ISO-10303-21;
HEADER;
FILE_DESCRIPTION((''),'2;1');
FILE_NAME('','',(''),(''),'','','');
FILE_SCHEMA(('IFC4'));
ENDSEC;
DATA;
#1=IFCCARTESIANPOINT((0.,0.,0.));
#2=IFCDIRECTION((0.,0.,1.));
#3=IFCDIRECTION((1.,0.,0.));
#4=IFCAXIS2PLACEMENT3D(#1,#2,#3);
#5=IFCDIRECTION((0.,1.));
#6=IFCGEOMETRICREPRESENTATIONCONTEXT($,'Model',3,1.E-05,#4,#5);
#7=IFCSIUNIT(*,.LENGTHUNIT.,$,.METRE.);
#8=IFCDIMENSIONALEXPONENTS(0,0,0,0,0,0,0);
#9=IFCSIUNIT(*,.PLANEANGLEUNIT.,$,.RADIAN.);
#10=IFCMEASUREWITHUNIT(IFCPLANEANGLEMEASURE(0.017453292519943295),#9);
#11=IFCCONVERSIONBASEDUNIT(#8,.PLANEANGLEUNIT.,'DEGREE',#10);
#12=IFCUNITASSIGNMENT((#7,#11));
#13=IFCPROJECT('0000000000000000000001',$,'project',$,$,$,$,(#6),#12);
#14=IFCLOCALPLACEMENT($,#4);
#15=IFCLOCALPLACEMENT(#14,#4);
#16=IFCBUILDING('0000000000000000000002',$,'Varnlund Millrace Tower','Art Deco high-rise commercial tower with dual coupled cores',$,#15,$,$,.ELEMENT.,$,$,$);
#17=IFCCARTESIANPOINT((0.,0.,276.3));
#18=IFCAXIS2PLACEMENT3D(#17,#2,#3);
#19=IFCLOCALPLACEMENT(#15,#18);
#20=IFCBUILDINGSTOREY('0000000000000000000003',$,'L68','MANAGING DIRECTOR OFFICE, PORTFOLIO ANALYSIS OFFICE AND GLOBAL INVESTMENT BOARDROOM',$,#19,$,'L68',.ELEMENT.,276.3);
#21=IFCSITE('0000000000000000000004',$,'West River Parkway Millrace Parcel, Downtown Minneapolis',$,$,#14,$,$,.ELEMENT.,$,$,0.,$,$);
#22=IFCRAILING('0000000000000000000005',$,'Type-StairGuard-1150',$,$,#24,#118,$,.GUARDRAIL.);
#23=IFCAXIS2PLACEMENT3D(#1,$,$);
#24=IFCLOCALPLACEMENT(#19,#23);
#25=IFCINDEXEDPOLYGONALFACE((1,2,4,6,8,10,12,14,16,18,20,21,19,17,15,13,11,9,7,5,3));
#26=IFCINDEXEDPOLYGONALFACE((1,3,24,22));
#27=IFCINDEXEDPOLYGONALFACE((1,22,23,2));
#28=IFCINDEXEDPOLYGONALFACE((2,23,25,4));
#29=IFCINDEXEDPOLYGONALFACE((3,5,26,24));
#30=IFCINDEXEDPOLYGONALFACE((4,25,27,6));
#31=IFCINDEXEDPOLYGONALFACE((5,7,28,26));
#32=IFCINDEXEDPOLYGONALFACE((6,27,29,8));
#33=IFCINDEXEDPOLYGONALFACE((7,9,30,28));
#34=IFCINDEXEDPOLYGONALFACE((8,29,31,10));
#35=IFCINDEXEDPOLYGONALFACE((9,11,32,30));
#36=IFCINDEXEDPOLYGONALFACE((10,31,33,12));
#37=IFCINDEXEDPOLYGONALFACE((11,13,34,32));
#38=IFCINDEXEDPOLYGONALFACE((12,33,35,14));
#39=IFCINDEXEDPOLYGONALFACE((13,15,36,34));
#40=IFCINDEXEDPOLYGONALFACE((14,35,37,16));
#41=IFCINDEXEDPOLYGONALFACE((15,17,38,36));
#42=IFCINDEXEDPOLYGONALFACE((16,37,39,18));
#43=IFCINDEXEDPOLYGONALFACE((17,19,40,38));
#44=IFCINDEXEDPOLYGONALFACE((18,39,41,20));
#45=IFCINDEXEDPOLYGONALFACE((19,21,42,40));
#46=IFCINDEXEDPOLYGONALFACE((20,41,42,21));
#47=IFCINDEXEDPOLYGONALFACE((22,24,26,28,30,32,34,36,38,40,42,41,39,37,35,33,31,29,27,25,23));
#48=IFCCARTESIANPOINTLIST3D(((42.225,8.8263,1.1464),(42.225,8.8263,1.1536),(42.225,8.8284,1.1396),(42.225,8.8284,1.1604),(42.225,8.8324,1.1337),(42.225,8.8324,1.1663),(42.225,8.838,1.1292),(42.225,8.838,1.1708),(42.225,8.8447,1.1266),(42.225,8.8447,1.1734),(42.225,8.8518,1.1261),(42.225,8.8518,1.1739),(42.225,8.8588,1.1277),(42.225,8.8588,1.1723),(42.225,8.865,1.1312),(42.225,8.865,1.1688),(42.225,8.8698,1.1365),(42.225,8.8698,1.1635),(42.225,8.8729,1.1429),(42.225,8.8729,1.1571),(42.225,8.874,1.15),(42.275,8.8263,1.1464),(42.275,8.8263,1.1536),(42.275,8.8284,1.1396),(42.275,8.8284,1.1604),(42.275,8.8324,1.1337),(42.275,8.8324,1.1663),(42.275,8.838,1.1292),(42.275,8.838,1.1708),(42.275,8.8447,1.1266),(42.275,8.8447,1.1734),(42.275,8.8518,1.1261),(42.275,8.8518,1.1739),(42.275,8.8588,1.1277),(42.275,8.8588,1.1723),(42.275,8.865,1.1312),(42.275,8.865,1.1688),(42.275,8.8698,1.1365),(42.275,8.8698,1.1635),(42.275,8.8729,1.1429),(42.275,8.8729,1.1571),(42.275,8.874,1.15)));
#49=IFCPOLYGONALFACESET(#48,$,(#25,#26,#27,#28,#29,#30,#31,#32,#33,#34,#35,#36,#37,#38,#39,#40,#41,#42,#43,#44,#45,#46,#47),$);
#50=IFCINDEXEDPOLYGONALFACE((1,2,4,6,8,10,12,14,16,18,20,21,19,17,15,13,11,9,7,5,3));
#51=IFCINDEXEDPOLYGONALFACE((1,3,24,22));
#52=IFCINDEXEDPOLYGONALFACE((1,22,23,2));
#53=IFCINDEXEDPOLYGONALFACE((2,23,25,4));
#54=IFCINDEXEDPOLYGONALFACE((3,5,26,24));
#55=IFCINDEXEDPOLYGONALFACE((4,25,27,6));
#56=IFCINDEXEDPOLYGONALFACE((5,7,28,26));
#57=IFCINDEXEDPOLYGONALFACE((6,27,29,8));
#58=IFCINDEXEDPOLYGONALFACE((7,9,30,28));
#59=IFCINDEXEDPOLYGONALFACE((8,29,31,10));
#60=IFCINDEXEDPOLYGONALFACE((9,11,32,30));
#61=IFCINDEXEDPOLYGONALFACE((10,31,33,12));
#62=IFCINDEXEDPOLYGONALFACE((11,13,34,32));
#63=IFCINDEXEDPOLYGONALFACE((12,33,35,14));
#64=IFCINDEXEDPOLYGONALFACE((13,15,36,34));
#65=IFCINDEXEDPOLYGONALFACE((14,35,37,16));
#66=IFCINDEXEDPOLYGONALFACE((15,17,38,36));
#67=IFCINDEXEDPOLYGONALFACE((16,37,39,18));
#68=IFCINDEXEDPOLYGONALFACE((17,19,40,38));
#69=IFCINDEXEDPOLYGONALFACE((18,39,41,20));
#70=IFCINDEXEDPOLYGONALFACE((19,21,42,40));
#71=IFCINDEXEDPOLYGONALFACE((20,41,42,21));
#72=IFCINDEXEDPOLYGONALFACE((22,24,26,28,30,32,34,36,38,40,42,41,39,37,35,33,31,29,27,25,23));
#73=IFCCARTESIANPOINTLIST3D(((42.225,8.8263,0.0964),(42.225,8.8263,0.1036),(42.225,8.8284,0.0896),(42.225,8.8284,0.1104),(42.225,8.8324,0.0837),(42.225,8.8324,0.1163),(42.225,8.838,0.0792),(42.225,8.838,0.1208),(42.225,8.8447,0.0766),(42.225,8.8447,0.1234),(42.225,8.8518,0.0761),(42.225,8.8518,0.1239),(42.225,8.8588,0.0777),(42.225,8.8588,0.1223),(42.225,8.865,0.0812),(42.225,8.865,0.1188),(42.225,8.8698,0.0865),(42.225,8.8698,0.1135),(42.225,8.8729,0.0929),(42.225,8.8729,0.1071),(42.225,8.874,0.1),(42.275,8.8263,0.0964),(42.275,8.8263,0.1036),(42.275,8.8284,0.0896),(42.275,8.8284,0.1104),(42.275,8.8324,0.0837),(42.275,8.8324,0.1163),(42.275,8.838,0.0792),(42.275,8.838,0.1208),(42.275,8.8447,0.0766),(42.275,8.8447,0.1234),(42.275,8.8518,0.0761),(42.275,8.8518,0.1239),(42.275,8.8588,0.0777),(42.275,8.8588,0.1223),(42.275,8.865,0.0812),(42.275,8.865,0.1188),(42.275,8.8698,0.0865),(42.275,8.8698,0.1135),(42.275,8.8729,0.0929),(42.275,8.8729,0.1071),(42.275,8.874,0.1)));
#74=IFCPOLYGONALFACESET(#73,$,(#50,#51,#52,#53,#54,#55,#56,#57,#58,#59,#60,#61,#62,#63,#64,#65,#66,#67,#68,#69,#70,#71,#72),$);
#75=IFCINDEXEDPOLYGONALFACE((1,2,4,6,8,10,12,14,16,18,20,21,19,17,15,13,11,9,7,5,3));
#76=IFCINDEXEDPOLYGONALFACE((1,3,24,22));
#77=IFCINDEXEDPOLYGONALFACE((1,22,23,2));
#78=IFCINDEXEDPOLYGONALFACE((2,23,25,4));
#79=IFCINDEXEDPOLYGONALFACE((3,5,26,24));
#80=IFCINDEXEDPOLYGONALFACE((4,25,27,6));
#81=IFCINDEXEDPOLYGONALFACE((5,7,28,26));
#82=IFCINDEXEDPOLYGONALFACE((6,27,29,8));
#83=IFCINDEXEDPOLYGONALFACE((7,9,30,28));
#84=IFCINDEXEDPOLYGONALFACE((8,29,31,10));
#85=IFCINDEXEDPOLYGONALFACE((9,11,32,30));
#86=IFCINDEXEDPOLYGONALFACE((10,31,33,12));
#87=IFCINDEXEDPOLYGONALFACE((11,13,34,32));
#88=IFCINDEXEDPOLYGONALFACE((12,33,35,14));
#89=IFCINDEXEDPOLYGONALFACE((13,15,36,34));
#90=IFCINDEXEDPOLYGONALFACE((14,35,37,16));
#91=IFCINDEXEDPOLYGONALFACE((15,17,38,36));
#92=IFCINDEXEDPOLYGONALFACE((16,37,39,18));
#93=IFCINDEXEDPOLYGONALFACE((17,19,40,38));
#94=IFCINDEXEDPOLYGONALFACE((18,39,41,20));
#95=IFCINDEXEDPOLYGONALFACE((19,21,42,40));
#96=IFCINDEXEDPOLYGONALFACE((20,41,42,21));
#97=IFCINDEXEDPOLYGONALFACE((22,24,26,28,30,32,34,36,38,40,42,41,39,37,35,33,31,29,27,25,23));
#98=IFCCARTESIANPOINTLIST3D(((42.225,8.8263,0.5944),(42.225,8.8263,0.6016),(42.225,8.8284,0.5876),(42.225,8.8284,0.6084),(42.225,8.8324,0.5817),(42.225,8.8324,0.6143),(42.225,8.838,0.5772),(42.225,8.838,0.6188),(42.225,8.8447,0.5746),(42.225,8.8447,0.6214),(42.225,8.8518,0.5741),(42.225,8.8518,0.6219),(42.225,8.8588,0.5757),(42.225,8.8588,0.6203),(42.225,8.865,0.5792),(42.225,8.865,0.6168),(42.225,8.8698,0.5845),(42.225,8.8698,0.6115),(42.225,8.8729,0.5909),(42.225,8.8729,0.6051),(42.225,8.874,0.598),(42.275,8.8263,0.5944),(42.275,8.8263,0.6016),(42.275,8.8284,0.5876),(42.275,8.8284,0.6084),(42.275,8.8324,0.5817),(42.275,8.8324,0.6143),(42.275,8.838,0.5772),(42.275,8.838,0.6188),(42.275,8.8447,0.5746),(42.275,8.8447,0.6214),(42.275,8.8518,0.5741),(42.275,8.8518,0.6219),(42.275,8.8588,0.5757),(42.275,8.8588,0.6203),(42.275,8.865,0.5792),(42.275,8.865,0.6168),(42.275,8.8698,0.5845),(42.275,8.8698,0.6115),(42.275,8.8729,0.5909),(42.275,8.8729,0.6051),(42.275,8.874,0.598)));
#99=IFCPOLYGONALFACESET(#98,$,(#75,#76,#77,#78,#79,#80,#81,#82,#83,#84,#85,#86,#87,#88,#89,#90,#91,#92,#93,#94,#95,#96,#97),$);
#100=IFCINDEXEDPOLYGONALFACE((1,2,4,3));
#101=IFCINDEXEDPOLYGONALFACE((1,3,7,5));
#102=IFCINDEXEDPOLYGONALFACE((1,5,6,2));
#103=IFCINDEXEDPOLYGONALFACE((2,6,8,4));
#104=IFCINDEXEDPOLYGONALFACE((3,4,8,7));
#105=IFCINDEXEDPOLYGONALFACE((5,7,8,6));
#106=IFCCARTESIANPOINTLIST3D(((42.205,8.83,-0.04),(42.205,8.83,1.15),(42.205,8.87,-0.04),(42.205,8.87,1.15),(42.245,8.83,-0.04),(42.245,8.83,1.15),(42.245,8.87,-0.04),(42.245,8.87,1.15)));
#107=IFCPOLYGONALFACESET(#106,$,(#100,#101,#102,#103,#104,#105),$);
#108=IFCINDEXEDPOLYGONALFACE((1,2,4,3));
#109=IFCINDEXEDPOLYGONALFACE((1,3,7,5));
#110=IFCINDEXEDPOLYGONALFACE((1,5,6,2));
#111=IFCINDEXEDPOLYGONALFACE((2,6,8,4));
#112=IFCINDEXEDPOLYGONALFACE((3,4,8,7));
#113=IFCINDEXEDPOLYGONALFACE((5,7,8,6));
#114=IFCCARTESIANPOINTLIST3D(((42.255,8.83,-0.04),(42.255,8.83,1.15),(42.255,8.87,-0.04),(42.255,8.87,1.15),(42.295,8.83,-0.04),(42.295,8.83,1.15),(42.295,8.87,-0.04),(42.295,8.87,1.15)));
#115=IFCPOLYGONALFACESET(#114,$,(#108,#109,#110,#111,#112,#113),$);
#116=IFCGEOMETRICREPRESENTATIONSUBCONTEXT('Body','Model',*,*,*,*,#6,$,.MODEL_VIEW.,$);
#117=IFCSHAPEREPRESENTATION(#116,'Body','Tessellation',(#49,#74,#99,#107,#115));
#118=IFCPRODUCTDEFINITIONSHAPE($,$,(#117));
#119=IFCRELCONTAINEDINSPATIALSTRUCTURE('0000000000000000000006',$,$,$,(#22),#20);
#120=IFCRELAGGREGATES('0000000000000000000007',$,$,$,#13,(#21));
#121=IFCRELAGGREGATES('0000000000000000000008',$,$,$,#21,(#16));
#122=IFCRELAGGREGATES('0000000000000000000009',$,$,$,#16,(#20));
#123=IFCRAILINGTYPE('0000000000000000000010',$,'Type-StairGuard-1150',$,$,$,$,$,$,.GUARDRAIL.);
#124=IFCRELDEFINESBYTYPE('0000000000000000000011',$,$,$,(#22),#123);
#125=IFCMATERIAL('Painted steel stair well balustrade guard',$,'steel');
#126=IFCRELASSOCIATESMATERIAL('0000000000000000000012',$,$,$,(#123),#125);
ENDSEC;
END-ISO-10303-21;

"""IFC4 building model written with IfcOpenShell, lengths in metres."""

from ifc_helpers import new_model, entity, si_unit, converted_unit, direction, frame, origin_with_axes, origin_2d_with_axis, place, context, subcontext, project, spatial, rectangle, circle, extrude, material, type_object, element, save


model = new_model("IFC4")

# Units and contexts
model_context = context("Model", 3, precision=1e-05, world=origin_with_axes(), true_north=direction((0.0, 1.0)))
body_context = subcontext(model_context, "Body", "Model", "MODEL_VIEW")
ifc_project = project(units=[si_unit("LENGTHUNIT", "METRE"), converted_unit("PLANEANGLEUNIT", "DEGREE", entity("IfcPlaneAngleMeasure", 0.017453292519943295), si_unit("PLANEANGLEUNIT", "RADIAN"), dimensions=[0, 0, 0, 0, 0, 0, 0])], contexts=[model_context])

# Site, building, storey
site_placement = place(None, origin_with_axes())
site = spatial("IfcSite", under=ifc_project, at=site_placement, Name="West River Parkway Millrace Parcel, Downtown Minneapolis", CompositionType="ELEMENT", RefElevation=0.0)
building_placement = place(site_placement, origin_with_axes())
building = spatial("IfcBuilding", under=site, at=building_placement, Name="Varnlund Millrace Tower", Description="Art Deco high-rise commercial tower with dual coupled cores", CompositionType="ELEMENT")
storey_placement = place(building_placement, frame((0.0, 0.0, 276.3), z_axis=(0.0, 0.0, 1.0), x_axis=(1.0, 0.0, 0.0)))
storey = spatial("IfcBuildingStorey", under=building, at=storey_placement, Name="L68", Description="MANAGING DIRECTOR OFFICE, PORTFOLIO ANALYSIS OFFICE AND GLOBAL INVESTMENT BOARDROOM", LongName="L68", CompositionType="ELEMENT", Elevation=276.3)

# Railing
ifc_material_1 = material(Name="Painted steel stair well balustrade guard", Category="steel")
railing_type_1 = type_object("IfcRailingType", Name="Type-StairGuard-1150", PredefinedType="GUARDRAIL", material=ifc_material_1)
railing_1_placement = place(storey_placement, frame((0.0, 0.0, -276.3), z_axis=(0.0, 0.0, 1.0), x_axis=(1.0, 0.0, 0.0)))
element("IfcRailing", 1, at=railing_1_placement, inside=storey, type_object=railing_type_1, Name="Type-StairGuard-1150", PredefinedType="GUARDRAIL", context=body_context, shape_type="SweptSolid", body=[
    extrude(circle(Radius=0.024, at=origin_2d_with_axis()), frame((42.225, 8.85, 277.45), z_axis=(1.0, 0.0, 0.0), x_axis=(0.0, 1.0, 0.0)), (0.0, 0.0, 1.0), 0.05),
    extrude(circle(Radius=0.024, at=origin_2d_with_axis()), frame((42.225, 8.85, 276.4), z_axis=(1.0, 0.0, 0.0), x_axis=(0.0, 1.0, 0.0)), (0.0, 0.0, 1.0), 0.05),
    extrude(circle(Radius=0.024, at=origin_2d_with_axis()), frame((42.225, 8.85, 276.898), z_axis=(1.0, 0.0, 0.0), x_axis=(0.0, 1.0, 0.0)), (0.0, 0.0, 1.0), 0.05),
    extrude(rectangle(XDim=0.04, YDim=0.04, at=origin_2d_with_axis()), frame((42.225, 8.85, 276.26), z_axis=(0.0, 0.0, 1.0), x_axis=(1.0, 0.0, 0.0)), (0.0, 0.0, 1.0), 1.19),
    extrude(rectangle(XDim=0.04, YDim=0.04, at=origin_2d_with_axis()), frame((42.275, 8.85, 276.26), z_axis=(0.0, 0.0, 1.0), x_axis=(1.0, 0.0, 0.0)), (0.0, 0.0, 1.0), 1.19),
])

save(model, "model.ifc")
